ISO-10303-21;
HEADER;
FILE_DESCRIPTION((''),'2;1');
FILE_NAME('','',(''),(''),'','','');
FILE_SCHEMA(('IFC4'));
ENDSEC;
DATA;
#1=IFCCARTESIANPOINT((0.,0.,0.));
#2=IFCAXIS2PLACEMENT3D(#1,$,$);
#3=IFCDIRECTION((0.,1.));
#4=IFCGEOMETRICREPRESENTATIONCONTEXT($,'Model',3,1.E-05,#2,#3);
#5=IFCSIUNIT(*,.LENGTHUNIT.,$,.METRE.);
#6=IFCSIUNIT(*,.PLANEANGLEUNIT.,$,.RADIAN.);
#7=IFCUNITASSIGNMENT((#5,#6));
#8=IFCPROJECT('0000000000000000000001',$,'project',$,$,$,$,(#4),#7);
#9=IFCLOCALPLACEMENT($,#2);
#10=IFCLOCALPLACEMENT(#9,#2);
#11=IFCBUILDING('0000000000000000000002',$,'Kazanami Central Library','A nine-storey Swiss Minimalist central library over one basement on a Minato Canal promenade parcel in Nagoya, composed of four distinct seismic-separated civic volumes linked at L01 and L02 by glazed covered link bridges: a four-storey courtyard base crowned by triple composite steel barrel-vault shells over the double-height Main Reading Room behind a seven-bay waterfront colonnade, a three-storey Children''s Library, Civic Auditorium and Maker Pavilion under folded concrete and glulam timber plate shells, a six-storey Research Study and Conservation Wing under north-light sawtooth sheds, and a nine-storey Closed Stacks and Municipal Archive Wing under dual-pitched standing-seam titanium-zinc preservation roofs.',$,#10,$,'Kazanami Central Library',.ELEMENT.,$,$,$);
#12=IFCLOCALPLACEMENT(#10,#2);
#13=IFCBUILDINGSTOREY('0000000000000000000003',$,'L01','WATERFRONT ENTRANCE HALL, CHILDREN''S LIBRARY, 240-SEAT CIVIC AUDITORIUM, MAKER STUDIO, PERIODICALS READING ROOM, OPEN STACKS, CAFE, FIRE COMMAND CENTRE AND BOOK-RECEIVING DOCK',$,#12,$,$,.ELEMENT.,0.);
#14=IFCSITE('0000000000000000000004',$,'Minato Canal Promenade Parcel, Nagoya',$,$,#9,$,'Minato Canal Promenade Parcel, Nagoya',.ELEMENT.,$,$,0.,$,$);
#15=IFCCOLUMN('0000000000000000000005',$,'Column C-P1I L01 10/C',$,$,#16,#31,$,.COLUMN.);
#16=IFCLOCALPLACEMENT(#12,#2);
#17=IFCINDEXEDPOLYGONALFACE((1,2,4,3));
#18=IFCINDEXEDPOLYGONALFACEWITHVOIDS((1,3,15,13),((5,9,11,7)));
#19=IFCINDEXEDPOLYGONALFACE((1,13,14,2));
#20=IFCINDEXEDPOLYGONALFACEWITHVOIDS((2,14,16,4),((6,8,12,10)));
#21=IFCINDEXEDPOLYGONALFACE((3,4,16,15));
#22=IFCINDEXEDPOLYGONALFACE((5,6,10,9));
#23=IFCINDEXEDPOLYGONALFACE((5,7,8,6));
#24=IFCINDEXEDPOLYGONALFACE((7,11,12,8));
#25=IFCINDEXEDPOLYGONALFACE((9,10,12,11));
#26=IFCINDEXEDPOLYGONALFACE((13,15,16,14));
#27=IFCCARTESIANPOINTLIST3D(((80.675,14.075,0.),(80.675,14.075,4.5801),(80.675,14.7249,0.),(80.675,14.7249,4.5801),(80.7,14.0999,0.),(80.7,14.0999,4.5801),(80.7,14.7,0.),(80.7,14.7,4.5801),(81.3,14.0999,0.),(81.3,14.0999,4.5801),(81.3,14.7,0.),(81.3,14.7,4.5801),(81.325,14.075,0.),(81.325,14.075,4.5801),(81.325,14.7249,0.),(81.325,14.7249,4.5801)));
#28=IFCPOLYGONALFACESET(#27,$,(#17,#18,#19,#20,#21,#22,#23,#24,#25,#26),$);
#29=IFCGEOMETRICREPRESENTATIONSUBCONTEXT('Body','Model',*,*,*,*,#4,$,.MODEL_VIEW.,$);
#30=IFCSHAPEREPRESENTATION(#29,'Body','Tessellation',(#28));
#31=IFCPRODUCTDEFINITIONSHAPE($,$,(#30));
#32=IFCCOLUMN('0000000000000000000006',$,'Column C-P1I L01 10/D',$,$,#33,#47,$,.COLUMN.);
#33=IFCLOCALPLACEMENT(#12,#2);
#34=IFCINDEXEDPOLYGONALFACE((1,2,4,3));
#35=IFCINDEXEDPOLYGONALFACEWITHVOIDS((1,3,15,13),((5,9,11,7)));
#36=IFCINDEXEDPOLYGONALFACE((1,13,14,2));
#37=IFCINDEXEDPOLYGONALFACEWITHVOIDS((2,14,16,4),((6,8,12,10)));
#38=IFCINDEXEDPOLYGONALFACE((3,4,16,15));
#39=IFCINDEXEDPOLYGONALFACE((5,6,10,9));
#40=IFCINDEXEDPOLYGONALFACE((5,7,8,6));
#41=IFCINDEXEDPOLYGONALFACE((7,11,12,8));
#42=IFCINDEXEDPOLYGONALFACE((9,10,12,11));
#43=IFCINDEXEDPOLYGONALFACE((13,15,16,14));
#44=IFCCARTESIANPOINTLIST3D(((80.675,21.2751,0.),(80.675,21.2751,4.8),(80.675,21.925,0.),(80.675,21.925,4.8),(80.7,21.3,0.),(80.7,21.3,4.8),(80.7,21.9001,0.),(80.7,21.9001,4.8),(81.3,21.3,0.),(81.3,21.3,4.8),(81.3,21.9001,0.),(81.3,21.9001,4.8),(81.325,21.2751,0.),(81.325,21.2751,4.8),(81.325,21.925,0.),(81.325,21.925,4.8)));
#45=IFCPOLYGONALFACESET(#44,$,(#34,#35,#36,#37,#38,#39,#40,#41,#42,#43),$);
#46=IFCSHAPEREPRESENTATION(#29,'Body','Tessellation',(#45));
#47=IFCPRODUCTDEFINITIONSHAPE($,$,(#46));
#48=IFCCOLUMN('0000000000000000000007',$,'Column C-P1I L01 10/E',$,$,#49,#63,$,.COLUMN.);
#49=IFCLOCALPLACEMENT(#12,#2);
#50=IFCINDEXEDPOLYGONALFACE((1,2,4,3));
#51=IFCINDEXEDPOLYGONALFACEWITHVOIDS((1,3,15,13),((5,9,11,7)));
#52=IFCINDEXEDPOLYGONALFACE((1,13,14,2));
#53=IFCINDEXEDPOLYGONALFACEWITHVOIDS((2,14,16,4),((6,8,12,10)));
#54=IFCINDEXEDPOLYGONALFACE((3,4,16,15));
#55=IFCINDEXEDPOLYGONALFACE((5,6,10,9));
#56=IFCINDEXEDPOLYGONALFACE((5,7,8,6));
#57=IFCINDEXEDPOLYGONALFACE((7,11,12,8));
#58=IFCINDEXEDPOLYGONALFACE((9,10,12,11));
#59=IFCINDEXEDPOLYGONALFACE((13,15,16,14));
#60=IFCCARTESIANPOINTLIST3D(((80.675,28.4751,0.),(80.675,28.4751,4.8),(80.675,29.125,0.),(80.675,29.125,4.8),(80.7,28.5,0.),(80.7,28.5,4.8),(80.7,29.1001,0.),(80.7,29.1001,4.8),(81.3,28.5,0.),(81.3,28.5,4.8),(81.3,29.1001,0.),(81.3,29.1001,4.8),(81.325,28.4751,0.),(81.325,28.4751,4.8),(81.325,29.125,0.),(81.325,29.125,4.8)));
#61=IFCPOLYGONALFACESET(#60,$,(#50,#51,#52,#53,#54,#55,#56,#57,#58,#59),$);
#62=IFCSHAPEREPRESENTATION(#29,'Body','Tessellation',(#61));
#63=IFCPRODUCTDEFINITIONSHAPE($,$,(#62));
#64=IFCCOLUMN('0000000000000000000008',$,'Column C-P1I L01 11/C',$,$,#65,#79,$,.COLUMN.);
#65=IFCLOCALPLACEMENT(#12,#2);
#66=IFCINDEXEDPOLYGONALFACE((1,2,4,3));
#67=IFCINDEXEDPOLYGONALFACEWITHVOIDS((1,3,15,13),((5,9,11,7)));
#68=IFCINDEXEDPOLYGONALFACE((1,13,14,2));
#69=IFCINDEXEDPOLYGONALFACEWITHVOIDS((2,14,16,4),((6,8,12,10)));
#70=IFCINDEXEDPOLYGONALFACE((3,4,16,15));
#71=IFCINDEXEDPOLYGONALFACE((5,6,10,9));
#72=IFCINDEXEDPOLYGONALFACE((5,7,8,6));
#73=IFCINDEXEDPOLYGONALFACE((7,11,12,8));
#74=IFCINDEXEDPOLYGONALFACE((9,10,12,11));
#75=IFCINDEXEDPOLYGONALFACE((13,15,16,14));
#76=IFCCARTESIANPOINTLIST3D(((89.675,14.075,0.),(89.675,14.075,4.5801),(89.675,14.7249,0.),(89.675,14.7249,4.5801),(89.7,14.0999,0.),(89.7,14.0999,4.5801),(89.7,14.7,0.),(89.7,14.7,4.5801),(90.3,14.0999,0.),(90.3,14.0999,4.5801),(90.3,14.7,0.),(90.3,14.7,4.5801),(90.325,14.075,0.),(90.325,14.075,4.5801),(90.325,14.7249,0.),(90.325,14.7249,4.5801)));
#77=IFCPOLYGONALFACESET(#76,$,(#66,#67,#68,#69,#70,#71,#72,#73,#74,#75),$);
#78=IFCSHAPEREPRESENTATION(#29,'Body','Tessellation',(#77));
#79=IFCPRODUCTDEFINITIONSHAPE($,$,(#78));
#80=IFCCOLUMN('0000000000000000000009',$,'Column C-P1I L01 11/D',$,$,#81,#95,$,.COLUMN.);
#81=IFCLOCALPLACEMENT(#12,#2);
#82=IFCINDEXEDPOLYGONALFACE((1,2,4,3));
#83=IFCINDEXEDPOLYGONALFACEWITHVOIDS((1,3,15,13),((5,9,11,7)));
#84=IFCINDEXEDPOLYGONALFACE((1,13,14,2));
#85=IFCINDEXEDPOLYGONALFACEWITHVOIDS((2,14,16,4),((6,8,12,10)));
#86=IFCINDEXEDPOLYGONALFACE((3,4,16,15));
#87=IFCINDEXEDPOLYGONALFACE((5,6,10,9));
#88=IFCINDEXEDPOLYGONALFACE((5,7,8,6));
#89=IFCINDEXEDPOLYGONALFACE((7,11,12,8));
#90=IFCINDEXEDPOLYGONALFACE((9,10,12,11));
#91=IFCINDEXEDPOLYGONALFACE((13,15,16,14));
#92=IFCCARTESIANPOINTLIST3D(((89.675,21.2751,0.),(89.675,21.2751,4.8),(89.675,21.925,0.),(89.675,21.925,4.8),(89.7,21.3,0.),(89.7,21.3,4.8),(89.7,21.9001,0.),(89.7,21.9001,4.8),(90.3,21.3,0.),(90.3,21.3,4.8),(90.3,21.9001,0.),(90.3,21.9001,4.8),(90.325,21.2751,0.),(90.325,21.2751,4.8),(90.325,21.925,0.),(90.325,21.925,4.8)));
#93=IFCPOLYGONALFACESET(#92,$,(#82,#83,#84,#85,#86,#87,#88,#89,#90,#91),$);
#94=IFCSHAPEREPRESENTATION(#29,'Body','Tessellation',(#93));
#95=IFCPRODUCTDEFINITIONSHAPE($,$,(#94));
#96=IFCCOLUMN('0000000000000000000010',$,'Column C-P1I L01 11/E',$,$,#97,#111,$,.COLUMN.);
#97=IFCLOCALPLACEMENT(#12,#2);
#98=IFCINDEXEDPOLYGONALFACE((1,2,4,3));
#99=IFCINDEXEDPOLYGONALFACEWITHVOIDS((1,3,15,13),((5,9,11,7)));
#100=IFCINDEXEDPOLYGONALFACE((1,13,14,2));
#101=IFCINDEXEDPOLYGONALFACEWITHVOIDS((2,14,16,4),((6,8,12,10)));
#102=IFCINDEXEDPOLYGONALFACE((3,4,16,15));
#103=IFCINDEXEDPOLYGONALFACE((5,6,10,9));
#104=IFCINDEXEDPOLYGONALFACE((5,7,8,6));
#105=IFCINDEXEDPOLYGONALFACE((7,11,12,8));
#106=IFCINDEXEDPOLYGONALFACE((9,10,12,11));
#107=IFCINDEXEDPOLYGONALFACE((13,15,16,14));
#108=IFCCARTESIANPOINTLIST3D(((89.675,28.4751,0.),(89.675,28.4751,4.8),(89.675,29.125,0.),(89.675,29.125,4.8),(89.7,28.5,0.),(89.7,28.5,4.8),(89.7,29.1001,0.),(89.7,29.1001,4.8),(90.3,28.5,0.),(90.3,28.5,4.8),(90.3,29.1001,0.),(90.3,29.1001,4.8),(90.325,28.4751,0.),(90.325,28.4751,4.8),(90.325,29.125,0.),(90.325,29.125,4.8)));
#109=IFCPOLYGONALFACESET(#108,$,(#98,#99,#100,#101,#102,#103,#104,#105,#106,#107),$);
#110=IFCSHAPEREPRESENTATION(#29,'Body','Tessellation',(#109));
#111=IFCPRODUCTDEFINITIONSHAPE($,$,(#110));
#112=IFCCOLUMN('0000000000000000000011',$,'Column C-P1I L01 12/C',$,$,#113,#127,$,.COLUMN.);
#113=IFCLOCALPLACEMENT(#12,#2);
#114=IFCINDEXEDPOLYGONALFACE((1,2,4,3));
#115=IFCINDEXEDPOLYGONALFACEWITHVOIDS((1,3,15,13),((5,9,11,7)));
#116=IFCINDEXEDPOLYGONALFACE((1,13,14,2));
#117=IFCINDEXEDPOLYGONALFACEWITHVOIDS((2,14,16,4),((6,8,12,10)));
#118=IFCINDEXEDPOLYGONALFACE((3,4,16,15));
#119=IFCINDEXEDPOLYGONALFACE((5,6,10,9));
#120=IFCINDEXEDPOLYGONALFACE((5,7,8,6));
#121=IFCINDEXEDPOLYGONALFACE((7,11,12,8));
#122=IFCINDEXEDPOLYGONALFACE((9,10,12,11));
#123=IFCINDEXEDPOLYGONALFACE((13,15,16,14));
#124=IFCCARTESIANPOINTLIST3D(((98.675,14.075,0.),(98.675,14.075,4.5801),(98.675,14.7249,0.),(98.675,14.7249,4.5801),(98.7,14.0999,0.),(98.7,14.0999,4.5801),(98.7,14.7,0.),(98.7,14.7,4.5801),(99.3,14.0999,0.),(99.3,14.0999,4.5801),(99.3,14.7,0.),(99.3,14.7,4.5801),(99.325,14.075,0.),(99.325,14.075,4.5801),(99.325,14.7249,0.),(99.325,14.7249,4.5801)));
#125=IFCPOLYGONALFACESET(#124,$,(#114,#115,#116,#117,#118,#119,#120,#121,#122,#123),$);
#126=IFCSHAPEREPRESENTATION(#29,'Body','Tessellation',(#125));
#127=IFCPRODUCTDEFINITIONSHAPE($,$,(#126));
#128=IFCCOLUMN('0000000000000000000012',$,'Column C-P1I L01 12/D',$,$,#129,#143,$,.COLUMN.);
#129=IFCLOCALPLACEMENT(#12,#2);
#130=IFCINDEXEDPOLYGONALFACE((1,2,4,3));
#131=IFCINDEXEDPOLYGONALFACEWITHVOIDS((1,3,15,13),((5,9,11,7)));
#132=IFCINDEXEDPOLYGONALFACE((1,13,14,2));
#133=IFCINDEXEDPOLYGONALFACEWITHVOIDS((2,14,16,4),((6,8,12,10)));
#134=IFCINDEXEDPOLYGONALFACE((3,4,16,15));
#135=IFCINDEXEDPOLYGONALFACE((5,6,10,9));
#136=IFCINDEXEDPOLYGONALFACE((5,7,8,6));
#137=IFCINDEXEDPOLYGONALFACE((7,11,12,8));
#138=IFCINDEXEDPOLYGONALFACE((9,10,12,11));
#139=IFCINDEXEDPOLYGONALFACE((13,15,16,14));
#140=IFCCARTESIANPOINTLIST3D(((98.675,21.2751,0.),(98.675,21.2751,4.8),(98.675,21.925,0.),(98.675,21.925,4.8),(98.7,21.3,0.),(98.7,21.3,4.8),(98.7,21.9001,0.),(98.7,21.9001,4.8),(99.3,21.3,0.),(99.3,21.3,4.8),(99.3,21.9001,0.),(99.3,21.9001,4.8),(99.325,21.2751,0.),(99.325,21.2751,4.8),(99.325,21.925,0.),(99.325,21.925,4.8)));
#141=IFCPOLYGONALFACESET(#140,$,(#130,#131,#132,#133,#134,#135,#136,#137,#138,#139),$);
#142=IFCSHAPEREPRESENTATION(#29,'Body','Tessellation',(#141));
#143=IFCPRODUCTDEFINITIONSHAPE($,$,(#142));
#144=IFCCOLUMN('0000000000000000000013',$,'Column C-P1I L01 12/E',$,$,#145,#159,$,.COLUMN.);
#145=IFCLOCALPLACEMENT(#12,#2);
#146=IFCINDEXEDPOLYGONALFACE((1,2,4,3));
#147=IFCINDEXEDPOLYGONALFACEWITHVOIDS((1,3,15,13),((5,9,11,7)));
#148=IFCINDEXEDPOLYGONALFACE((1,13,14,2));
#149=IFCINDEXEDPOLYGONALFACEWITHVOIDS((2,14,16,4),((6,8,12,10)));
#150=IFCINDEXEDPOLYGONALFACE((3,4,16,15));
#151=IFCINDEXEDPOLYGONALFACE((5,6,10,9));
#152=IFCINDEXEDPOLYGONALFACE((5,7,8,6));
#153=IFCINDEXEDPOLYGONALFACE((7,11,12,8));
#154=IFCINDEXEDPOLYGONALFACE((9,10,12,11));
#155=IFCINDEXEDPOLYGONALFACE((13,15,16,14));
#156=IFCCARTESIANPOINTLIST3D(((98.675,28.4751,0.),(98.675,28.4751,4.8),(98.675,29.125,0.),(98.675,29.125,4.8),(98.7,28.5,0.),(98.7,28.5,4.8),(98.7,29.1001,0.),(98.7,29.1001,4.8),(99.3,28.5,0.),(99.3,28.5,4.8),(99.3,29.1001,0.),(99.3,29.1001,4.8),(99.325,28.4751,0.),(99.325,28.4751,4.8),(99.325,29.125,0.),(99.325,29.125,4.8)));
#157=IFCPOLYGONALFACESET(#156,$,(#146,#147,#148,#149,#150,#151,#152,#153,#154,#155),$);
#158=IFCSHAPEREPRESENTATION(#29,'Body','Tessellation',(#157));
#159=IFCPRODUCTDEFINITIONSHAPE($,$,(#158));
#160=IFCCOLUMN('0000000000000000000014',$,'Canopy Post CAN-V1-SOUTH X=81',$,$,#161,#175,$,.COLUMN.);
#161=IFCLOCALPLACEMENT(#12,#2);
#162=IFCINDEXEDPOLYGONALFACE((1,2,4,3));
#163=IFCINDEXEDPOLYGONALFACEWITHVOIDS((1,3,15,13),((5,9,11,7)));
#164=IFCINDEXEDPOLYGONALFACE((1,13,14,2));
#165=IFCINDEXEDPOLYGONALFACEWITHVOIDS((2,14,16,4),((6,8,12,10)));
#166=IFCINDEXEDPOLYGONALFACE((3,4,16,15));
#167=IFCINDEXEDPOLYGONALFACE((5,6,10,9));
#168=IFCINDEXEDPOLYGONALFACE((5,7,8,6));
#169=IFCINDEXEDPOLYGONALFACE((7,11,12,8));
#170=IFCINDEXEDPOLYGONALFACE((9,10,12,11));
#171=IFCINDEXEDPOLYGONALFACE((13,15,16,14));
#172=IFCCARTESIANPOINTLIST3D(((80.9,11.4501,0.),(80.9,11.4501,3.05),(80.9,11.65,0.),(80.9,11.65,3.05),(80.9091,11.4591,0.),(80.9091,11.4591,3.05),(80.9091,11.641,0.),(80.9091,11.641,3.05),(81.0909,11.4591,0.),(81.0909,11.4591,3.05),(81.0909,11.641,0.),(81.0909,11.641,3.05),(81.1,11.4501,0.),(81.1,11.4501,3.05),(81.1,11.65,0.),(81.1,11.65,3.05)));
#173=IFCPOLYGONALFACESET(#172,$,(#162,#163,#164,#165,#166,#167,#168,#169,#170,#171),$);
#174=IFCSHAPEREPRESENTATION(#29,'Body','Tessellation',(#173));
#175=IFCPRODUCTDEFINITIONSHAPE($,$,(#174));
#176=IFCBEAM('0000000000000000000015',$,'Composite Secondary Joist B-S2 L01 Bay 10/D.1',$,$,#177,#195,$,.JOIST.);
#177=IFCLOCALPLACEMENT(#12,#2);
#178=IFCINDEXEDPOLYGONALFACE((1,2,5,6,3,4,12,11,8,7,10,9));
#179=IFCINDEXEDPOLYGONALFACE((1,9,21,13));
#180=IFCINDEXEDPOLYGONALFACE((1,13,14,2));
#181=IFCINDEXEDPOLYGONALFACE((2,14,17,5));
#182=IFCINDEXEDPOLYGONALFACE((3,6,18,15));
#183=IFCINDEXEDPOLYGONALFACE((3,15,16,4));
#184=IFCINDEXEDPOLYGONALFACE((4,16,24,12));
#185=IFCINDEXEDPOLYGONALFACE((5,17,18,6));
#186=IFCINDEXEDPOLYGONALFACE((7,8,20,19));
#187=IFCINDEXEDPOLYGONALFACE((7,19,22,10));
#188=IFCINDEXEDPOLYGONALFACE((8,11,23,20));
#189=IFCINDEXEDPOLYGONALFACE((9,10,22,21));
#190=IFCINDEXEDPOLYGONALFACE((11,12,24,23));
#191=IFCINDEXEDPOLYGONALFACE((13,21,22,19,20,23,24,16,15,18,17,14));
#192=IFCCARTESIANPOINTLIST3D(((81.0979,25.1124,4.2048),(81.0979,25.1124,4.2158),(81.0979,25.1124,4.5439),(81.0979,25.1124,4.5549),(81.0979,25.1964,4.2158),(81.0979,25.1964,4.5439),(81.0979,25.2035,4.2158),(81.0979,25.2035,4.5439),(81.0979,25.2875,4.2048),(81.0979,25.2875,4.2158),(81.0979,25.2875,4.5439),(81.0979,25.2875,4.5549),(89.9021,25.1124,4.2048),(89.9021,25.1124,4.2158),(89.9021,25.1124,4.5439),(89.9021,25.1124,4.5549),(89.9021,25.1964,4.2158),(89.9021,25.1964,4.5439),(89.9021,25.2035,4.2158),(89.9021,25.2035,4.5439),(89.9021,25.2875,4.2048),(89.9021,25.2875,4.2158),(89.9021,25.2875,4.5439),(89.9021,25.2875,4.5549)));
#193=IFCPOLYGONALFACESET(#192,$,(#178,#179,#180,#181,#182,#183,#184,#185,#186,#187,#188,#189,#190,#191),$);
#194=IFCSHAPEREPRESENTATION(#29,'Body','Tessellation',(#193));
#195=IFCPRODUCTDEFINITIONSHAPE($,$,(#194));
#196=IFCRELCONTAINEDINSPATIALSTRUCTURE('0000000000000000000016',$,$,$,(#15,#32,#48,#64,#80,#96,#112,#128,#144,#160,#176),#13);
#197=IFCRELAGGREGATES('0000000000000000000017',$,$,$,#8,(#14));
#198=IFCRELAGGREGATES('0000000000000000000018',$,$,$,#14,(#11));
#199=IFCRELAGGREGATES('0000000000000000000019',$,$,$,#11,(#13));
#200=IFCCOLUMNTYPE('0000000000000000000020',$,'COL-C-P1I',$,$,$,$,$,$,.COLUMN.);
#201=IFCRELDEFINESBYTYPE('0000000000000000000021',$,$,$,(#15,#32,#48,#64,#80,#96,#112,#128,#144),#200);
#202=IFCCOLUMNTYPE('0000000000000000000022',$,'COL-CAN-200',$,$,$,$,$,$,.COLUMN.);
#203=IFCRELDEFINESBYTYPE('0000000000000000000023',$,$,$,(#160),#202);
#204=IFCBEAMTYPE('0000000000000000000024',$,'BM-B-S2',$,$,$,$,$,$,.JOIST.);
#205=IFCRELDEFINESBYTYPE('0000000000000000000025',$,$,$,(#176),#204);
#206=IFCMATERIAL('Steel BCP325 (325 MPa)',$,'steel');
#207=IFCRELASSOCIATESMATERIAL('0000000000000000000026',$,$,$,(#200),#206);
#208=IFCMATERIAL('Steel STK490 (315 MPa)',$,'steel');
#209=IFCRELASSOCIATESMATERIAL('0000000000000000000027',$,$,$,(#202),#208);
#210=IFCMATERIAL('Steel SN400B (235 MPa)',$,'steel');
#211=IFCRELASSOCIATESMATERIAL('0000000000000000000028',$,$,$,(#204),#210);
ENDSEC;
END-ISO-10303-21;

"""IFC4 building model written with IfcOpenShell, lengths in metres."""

from ifc_helpers import new_model, si_unit, direction, frame, origin, origin_2d, place, context, subcontext, project, spatial, hollow_rectangle, i_section, extrude, material, material_profile, profile_set, type_object, element, save


model = new_model("IFC4")

# Units and contexts
model_context = context("Model", 3, precision=1e-05, world=origin(), true_north=direction((0.0, 1.0)))
body_context = subcontext(model_context, "Body", "Model", "MODEL_VIEW")
ifc_project = project(units=[si_unit("LENGTHUNIT", "METRE"), si_unit("PLANEANGLEUNIT", "RADIAN")], contexts=[model_context])

# Site, building, storey
site_placement = place(None, origin())
site = spatial("IfcSite", under=ifc_project, at=site_placement, Name="Minato Canal Promenade Parcel, Nagoya", LongName="Minato Canal Promenade Parcel, Nagoya", CompositionType="ELEMENT", RefElevation=0.0)
building_placement = place(site_placement, origin())
building = spatial("IfcBuilding", under=site, at=building_placement, Name="Kazanami Central Library", Description="A nine-storey Swiss Minimalist central library over one basement on a Minato Canal promenade parcel in Nagoya, composed of four distinct seismic-separated civic volumes linked at L01 and L02 by glazed covered link bridges: a four-storey courtyard base crowned by triple composite steel barrel-vault shells over the double-height Main Reading Room behind a seven-bay waterfront colonnade, a three-storey Children's Library, Civic Auditorium and Maker Pavilion under folded concrete and glulam timber plate shells, a six-storey Research Study and Conservation Wing under north-light sawtooth sheds, and a nine-storey Closed Stacks and Municipal Archive Wing under dual-pitched standing-seam titanium-zinc preservation roofs.", LongName="Kazanami Central Library", CompositionType="ELEMENT")
storey_placement = place(building_placement, origin())
storey = spatial("IfcBuildingStorey", under=building, at=storey_placement, Name="L01", Description="WATERFRONT ENTRANCE HALL, CHILDREN'S LIBRARY, 240-SEAT CIVIC AUDITORIUM, MAKER STUDIO, PERIODICALS READING ROOM, OPEN STACKS, CAFE, FIRE COMMAND CENTRE AND BOOK-RECEIVING DOCK", CompositionType="ELEMENT", Elevation=0.0)

# Columns
ifc_material_1 = material(Name="Steel BCP325 (325 MPa)", Category="steel")
ifc_material_profile_1 = material_profile(ifc_material_1, hollow_rectangle(XDim=0.6499, YDim=0.6499, WallThickness=0.0249, at=origin_2d()), Name="BCP-650x650x25")
ifc_profile_set_1 = profile_set([ifc_material_profile_1], Name="Steel BCP325 (325 MPa)")
column_type_1 = type_object("IfcColumnType", Name="COL-C-P1I", PredefinedType="COLUMN", material=ifc_profile_set_1)
column_1_placement = place(storey_placement, frame((81.0, 14.3999, 0.0), z_axis=(0.0, 0.0, 1.0), x_axis=(1.0, 0.0, 0.0)))
element("IfcColumn", 1, at=column_1_placement, inside=storey, type_object=column_type_1, Name="Column C-P1I L01 10/C", PredefinedType="COLUMN", context=body_context, shape_type="SweptSolid", body=[
    extrude(hollow_rectangle(XDim=0.6499, YDim=0.6499, WallThickness=0.0249, at=origin_2d()), origin(), (0.0, 0.0, 1.0), 4.5801),
])
for number, where, z_axis, x_axis, name in (
    (2, (81.0, 21.6001, 0.0), (0.0, 0.0, 1.0), (1.0, 0.0, 0.0), "Column C-P1I L01 10/D"),
    (3, (81.0, 28.8, 0.0), (0.0, 0.0, 1.0), (1.0, 0.0, 0.0), "Column C-P1I L01 10/E"),
):
    element("IfcColumn", number, at=place(storey_placement, frame(where, z_axis=z_axis, x_axis=x_axis)), inside=storey, type_object=column_type_1, Name=name, PredefinedType="COLUMN", context=body_context, shape_type="SweptSolid", body=[
        extrude(hollow_rectangle(XDim=0.6499, YDim=0.6499, WallThickness=0.0249, at=origin_2d()), origin(), (0.0, 0.0, 1.0), 4.8),
    ])
column_2_placement = place(storey_placement, frame((90.0, 14.3999, 0.0), z_axis=(0.0, 0.0, 1.0), x_axis=(1.0, 0.0, 0.0)))
element("IfcColumn", 4, at=column_2_placement, inside=storey, type_object=column_type_1, Name="Column C-P1I L01 11/C", PredefinedType="COLUMN", context=body_context, shape_type="SweptSolid", body=[
    extrude(hollow_rectangle(XDim=0.6499, YDim=0.6499, WallThickness=0.0249, at=origin_2d()), origin(), (0.0, 0.0, 1.0), 4.5801),
])
for number, where, z_axis, x_axis, name in (
    (5, (90.0, 21.6001, 0.0), (0.0, 0.0, 1.0), (1.0, 0.0, 0.0), "Column C-P1I L01 11/D"),
    (6, (90.0, 28.8, 0.0), (0.0, 0.0, 1.0), (1.0, 0.0, 0.0), "Column C-P1I L01 11/E"),
):
    element("IfcColumn", number, at=place(storey_placement, frame(where, z_axis=z_axis, x_axis=x_axis)), inside=storey, type_object=column_type_1, Name=name, PredefinedType="COLUMN", context=body_context, shape_type="SweptSolid", body=[
        extrude(hollow_rectangle(XDim=0.6499, YDim=0.6499, WallThickness=0.0249, at=origin_2d()), origin(), (0.0, 0.0, 1.0), 4.8),
    ])
column_3_placement = place(storey_placement, frame((99.0, 14.3999, 0.0), z_axis=(0.0, 0.0, 1.0), x_axis=(1.0, 0.0, 0.0)))
element("IfcColumn", 7, at=column_3_placement, inside=storey, type_object=column_type_1, Name="Column C-P1I L01 12/C", PredefinedType="COLUMN", context=body_context, shape_type="SweptSolid", body=[
    extrude(hollow_rectangle(XDim=0.6499, YDim=0.6499, WallThickness=0.0249, at=origin_2d()), origin(), (0.0, 0.0, 1.0), 4.5801),
])
for number, where, z_axis, x_axis, name in (
    (8, (99.0, 21.6001, 0.0), (0.0, 0.0, 1.0), (1.0, 0.0, 0.0), "Column C-P1I L01 12/D"),
    (9, (99.0, 28.8, 0.0), (0.0, 0.0, 1.0), (1.0, 0.0, 0.0), "Column C-P1I L01 12/E"),
):
    element("IfcColumn", number, at=place(storey_placement, frame(where, z_axis=z_axis, x_axis=x_axis)), inside=storey, type_object=column_type_1, Name=name, PredefinedType="COLUMN", context=body_context, shape_type="SweptSolid", body=[
        extrude(hollow_rectangle(XDim=0.6499, YDim=0.6499, WallThickness=0.0249, at=origin_2d()), origin(), (0.0, 0.0, 1.0), 4.8),
    ])
ifc_material_2 = material(Name="Steel STK490 (315 MPa)", Category="steel")
ifc_material_profile_2 = material_profile(ifc_material_2, hollow_rectangle(XDim=0.2, YDim=0.2, WallThickness=0.009, at=origin_2d()), Name="STKR-200x200x9")
ifc_profile_set_2 = profile_set([ifc_material_profile_2], Name="Steel STK490 (315 MPa)")
column_type_2 = type_object("IfcColumnType", Name="COL-CAN-200", PredefinedType="COLUMN", material=ifc_profile_set_2)
column_4_placement = place(storey_placement, frame((81.0, 11.55, 0.0), z_axis=(0.0, 0.0, 1.0), x_axis=(1.0, 0.0, 0.0)))
element("IfcColumn", 10, at=column_4_placement, inside=storey, type_object=column_type_2, Name="Canopy Post CAN-V1-SOUTH X=81", PredefinedType="COLUMN", context=body_context, shape_type="SweptSolid", body=[
    extrude(hollow_rectangle(XDim=0.2, YDim=0.2, WallThickness=0.009, at=origin_2d()), origin(), (0.0, 0.0, 1.0), 3.05),
])

# Beam
ifc_material_3 = material(Name="Steel SN400B (235 MPa)", Category="steel")
ifc_material_profile_3 = material_profile(ifc_material_3, i_section(OverallWidth=0.175, OverallDepth=0.3501, WebThickness=0.0071, FlangeThickness=0.011, at=origin_2d()), Name="H-350x175x7x11")
ifc_profile_set_3 = profile_set([ifc_material_profile_3], Name="Steel SN400B (235 MPa)")
beam_type_1 = type_object("IfcBeamType", Name="BM-B-S2", PredefinedType="JOIST", material=ifc_profile_set_3)
for number, where, z_axis, x_axis, name in (
    (11, (81.0979, 25.2, 4.3799), (1.0, 0.0, 0.0), (0.0, 1.0, 0.0), "Composite Secondary Joist B-S2 L01 Bay 10/D.1"),
):
    element("IfcBeam", number, at=place(storey_placement, frame(where, z_axis=z_axis, x_axis=x_axis)), inside=storey, type_object=beam_type_1, Name=name, PredefinedType="JOIST", context=body_context, shape_type="SweptSolid", body=[
        extrude(i_section(OverallWidth=0.175, OverallDepth=0.3501, WebThickness=0.0071, FlangeThickness=0.011, at=origin_2d()), origin(), (0.0, 0.0, 1.0), 8.8042),
    ])

save(model, "model.ifc")
